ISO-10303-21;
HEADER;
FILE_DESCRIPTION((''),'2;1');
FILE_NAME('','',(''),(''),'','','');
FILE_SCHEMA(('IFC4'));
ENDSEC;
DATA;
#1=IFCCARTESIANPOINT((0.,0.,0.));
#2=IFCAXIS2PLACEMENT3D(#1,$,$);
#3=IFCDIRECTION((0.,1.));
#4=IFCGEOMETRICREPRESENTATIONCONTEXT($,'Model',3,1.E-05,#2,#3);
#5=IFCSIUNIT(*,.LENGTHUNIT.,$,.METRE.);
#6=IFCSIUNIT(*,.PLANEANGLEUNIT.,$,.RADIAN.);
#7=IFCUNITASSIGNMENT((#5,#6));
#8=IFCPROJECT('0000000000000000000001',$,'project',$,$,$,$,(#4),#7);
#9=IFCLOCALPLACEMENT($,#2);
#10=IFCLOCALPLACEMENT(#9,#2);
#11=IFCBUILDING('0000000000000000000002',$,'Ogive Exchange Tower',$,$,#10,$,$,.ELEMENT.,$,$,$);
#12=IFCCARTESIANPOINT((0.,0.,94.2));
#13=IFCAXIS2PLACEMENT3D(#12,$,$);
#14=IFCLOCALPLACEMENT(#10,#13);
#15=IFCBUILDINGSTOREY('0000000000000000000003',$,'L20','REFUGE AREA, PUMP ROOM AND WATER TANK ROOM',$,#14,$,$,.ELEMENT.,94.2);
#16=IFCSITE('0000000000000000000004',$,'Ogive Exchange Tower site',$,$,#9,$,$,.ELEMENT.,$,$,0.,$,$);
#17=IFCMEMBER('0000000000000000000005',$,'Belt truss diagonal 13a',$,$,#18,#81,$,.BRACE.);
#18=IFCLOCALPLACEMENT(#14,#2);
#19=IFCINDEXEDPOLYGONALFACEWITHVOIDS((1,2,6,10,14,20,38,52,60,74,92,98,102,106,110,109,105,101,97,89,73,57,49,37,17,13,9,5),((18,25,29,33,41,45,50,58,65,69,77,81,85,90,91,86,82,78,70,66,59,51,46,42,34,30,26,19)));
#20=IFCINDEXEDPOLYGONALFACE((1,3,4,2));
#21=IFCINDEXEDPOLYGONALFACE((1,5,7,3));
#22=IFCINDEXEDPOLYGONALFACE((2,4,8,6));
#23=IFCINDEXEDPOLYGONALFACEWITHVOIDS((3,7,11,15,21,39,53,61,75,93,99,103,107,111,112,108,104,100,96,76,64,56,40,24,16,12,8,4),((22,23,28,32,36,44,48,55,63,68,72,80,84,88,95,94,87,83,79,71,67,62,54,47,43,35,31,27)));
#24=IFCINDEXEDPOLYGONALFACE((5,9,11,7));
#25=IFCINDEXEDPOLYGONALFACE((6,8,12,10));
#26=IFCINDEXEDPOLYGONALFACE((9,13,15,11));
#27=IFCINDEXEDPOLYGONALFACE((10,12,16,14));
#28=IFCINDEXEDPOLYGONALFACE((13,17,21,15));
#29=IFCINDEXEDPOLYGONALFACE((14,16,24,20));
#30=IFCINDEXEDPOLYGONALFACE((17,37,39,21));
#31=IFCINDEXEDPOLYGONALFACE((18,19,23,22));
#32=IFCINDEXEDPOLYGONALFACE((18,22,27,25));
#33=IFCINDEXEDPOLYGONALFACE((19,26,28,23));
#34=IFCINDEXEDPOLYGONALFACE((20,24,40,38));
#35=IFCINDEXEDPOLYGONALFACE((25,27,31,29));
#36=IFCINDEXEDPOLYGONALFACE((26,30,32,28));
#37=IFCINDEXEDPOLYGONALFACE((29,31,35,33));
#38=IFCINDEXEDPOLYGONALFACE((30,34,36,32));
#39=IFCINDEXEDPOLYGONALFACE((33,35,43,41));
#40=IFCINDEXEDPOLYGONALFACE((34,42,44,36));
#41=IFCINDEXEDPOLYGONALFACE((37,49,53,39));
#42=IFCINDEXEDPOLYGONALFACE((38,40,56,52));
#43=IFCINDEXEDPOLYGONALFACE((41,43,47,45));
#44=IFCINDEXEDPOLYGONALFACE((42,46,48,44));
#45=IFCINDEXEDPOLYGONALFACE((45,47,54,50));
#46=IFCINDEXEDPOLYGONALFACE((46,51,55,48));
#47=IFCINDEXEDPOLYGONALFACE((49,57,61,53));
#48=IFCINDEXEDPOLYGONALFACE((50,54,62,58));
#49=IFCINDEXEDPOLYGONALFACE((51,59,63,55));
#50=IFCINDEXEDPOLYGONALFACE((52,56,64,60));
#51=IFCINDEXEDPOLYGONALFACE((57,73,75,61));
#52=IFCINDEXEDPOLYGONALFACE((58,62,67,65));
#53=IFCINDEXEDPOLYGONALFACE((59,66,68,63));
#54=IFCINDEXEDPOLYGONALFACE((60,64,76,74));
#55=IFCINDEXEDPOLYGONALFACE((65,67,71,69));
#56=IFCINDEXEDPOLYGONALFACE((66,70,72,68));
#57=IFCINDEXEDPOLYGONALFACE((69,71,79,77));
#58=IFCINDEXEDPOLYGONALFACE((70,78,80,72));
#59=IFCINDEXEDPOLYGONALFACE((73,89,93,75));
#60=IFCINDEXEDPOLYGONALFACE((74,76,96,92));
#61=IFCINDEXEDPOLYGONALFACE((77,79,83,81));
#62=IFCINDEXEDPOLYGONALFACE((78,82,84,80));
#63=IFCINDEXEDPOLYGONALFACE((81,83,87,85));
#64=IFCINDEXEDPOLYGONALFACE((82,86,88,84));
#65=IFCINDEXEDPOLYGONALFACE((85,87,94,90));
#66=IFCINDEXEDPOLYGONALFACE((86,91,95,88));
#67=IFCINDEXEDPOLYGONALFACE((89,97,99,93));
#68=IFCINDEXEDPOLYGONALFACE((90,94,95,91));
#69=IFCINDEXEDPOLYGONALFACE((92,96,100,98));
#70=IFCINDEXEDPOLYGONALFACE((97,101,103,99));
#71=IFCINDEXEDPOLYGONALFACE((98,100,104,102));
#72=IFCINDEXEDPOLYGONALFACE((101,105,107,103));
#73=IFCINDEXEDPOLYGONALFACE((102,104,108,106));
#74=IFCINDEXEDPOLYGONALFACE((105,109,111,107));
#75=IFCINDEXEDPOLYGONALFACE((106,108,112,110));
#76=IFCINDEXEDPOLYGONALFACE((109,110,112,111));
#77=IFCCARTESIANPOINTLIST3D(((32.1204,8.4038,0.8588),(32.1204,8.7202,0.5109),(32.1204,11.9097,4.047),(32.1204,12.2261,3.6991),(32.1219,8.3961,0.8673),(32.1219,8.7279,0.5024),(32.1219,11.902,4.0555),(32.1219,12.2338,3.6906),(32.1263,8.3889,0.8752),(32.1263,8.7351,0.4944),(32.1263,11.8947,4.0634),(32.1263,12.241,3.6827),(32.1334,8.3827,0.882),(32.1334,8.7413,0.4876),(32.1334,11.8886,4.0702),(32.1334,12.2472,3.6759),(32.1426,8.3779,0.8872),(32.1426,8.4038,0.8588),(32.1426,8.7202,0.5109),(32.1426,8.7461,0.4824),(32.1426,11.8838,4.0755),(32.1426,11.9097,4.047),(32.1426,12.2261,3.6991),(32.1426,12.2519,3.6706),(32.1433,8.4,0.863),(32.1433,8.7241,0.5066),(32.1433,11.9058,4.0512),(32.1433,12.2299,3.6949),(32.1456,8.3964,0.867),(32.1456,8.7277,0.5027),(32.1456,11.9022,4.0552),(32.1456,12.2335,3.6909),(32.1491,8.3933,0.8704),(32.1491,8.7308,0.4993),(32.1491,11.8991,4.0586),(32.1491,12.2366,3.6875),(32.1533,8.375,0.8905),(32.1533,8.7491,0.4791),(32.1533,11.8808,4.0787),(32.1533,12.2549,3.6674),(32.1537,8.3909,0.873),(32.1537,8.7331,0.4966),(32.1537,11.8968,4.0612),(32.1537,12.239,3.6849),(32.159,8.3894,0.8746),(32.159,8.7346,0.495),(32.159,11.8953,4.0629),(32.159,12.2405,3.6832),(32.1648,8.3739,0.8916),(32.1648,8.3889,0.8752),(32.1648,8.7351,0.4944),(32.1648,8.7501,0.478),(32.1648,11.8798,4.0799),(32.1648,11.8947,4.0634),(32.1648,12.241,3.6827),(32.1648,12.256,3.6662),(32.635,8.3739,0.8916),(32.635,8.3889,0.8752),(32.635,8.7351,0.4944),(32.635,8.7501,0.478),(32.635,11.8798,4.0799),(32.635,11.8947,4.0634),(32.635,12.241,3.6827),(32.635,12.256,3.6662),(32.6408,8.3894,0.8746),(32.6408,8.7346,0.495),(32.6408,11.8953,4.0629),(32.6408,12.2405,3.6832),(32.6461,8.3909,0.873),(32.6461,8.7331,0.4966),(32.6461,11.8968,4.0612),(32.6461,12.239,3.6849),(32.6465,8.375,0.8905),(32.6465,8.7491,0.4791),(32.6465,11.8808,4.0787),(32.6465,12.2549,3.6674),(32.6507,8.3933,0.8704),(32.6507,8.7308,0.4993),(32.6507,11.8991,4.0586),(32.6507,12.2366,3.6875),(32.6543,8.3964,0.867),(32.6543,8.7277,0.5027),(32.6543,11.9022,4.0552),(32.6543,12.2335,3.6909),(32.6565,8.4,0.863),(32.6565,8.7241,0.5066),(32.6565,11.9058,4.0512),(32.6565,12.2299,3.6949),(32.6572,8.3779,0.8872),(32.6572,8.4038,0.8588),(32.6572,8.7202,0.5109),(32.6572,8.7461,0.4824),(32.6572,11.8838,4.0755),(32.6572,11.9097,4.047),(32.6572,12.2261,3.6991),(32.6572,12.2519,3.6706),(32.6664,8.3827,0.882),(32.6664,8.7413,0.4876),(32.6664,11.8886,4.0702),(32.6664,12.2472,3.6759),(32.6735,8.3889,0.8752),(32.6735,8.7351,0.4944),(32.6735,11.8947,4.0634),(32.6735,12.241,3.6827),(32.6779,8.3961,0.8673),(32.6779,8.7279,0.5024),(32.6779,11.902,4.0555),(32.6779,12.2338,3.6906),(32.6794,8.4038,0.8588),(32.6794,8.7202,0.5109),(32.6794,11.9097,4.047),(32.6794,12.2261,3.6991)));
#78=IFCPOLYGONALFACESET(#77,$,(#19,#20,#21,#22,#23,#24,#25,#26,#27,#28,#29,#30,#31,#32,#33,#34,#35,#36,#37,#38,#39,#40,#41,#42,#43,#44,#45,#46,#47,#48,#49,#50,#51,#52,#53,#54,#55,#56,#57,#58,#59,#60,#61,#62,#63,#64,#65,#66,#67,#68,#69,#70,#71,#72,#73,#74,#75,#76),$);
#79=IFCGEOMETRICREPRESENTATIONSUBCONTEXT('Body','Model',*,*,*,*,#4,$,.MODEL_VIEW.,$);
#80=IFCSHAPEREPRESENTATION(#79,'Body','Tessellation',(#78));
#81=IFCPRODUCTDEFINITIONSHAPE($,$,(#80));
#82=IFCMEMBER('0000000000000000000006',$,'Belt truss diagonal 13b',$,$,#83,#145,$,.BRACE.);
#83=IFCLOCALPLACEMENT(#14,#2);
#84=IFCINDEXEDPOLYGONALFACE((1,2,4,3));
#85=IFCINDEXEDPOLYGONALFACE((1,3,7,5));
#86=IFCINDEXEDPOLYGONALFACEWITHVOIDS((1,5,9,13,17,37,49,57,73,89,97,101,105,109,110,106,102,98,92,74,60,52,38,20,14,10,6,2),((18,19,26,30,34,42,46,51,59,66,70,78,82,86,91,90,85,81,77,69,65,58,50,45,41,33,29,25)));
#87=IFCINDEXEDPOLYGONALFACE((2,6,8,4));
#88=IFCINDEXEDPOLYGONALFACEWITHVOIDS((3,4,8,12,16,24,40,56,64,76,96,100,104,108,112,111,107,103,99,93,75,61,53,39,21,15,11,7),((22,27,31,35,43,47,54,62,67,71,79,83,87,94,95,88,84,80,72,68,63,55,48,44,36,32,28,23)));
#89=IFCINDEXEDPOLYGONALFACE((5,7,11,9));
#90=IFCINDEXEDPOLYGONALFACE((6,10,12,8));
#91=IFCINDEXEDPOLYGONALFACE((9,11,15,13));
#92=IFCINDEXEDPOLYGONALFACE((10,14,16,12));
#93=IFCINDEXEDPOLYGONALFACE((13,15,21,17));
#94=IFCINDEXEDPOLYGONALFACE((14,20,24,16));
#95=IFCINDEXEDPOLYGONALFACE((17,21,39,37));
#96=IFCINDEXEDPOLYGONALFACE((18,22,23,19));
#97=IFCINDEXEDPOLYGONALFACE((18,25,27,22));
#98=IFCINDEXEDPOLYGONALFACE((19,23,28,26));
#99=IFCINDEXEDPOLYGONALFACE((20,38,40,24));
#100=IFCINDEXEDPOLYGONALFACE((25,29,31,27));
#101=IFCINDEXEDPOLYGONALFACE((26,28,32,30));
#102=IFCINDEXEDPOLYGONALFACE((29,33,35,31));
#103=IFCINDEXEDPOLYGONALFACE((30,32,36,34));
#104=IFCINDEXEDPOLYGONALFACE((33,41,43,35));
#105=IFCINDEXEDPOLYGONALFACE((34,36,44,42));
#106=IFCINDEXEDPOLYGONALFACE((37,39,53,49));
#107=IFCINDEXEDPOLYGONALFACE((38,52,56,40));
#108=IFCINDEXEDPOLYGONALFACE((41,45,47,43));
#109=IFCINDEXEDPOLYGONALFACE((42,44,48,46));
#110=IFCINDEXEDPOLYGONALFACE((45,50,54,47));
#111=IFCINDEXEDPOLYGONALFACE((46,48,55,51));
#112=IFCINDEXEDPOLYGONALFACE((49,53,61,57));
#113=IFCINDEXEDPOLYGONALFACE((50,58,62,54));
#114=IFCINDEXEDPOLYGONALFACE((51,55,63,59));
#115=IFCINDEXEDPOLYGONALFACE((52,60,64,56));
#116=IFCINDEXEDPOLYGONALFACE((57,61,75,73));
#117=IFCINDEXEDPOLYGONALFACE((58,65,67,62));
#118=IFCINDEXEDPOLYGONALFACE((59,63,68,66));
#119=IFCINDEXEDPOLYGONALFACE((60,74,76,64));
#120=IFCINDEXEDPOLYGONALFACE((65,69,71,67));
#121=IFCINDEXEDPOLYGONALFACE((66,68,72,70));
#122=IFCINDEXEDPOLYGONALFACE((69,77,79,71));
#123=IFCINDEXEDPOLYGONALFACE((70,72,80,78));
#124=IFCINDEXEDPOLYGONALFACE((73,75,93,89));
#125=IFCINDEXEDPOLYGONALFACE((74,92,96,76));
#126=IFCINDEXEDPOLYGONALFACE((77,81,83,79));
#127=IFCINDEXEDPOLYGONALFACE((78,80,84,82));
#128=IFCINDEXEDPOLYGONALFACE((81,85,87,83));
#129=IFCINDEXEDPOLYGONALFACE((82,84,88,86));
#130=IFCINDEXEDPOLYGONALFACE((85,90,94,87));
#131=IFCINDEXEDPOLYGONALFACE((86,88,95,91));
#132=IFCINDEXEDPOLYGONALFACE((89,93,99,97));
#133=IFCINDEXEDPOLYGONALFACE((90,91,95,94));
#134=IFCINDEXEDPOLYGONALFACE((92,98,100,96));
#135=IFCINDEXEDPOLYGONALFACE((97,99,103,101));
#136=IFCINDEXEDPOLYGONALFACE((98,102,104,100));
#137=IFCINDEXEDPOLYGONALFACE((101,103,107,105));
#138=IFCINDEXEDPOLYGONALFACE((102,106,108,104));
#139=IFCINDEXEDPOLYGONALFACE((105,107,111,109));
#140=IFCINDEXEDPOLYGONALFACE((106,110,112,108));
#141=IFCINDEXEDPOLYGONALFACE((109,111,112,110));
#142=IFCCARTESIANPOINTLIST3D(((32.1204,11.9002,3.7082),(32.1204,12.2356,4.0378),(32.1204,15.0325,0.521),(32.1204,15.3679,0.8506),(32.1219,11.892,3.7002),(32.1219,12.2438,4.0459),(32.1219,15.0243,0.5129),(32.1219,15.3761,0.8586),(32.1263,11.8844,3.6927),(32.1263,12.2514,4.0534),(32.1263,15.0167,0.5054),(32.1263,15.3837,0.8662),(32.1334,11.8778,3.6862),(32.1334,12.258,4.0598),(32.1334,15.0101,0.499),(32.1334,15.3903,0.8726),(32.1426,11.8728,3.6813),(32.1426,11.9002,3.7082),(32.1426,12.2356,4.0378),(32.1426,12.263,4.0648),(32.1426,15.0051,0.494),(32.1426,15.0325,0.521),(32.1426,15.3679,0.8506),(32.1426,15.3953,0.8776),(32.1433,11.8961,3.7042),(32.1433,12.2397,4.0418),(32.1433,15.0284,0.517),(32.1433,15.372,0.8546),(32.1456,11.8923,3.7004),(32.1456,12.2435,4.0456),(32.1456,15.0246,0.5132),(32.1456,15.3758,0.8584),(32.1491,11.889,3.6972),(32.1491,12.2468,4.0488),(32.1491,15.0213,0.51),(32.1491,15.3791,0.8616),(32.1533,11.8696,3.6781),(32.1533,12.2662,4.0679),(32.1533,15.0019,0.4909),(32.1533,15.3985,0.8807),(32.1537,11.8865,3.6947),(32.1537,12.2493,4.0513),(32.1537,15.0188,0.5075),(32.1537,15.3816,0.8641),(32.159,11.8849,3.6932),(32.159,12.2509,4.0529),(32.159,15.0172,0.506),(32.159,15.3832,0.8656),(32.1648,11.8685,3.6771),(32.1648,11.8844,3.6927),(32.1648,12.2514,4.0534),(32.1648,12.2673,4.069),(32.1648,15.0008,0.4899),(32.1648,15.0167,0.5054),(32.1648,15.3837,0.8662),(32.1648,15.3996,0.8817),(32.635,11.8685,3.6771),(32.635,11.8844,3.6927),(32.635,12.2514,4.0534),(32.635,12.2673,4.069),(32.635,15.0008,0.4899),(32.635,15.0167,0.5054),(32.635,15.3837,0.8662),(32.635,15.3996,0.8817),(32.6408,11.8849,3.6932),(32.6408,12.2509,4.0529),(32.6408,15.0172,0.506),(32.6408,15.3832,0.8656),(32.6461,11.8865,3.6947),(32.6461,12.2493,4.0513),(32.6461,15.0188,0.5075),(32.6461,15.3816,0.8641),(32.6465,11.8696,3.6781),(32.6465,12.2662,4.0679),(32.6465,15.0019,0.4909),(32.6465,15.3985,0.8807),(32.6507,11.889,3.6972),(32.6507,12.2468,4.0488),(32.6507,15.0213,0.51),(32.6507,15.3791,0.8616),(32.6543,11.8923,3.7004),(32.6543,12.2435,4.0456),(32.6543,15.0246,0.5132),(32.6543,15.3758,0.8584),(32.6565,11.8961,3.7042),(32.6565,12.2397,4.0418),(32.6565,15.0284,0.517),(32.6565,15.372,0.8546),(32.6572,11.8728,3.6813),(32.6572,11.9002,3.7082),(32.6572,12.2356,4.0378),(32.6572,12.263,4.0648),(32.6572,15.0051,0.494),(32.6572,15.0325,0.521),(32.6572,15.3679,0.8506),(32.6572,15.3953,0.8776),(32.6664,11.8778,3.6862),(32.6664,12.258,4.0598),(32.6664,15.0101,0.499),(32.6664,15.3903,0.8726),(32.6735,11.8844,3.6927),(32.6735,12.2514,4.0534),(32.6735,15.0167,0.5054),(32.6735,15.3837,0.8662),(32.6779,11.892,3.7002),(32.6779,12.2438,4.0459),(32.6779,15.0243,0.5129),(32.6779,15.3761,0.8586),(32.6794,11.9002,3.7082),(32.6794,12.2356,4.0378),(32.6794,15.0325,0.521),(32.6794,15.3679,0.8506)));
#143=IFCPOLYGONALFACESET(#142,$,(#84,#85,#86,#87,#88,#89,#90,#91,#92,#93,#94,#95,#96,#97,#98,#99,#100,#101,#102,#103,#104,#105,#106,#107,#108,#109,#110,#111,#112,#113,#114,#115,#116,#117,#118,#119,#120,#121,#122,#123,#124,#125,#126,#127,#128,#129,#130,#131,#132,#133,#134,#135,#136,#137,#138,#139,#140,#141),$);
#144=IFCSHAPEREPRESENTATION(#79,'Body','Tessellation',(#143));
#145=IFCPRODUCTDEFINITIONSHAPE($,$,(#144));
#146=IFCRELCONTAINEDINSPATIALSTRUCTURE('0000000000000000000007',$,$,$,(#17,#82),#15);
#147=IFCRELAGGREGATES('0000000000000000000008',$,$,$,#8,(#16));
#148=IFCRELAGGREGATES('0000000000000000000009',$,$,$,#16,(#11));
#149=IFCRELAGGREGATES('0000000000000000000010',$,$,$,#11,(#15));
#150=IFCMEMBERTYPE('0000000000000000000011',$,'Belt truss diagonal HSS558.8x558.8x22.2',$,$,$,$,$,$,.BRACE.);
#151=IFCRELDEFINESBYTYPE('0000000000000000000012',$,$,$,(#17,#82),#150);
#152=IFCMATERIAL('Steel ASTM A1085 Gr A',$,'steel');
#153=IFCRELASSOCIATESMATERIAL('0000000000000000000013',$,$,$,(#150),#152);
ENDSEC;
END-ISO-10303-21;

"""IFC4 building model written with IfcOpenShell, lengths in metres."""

from ifc_helpers import new_model, si_unit, direction, frame, origin, origin_2d, place, context, subcontext, project, spatial, hollow_rectangle, extrude, material, material_profile, profile_set, type_object, element, save


model = new_model("IFC4")

# Units and contexts
model_context = context("Model", 3, precision=1e-05, world=origin(), true_north=direction((0.0, 1.0)))
body_context = subcontext(model_context, "Body", "Model", "MODEL_VIEW")
ifc_project = project(units=[si_unit("LENGTHUNIT", "METRE"), si_unit("PLANEANGLEUNIT", "RADIAN")], contexts=[model_context])

# Site, building, storey
site_placement = place(None, origin())
site = spatial("IfcSite", under=ifc_project, at=site_placement, Name="Ogive Exchange Tower site", CompositionType="ELEMENT", RefElevation=0.0)
building_placement = place(site_placement, origin())
building = spatial("IfcBuilding", under=site, at=building_placement, Name="Ogive Exchange Tower", CompositionType="ELEMENT")
storey_placement = place(building_placement, frame((0.0, 0.0, 94.2)))
storey = spatial("IfcBuildingStorey", under=building, at=storey_placement, Name="L20", Description="REFUGE AREA, PUMP ROOM AND WATER TANK ROOM", CompositionType="ELEMENT", Elevation=94.2)

# Members
ifc_material_1 = material(Name="Steel ASTM A1085 Gr A", Category="steel")
ifc_material_profile_1 = material_profile(ifc_material_1, hollow_rectangle(XDim=0.5591, YDim=0.5591, WallThickness=0.0222, InnerFilletRadius=0.0222, OuterFilletRadius=0.0444, at=origin_2d()), Name="HSS558.8x558.8x22.2")
ifc_profile_set_1 = profile_set([ifc_material_profile_1], Name="Steel ASTM A1085 Gr A")
member_type_1 = type_object("IfcMemberType", Name="Belt truss diagonal HSS558.8x558.8x22.2", PredefinedType="BRACE", material=ifc_profile_set_1)
member_1_placement = place(storey_placement, frame((32.3999, 8.562, 0.6848), z_axis=(0.0, 0.739826, 0.672798), x_axis=(-1.0, 0.0, 0.0)))
element("IfcMember", 1, at=member_1_placement, inside=storey, type_object=member_type_1, Name="Belt truss diagonal 13a", PredefinedType="BRACE", context=body_context, shape_type="SweptSolid", body=[
    extrude(hollow_rectangle(XDim=0.5591, YDim=0.5591, WallThickness=0.0222, InnerFilletRadius=0.0222, OuterFilletRadius=0.0444, at=origin_2d()), origin(), (0.0, 0.0, 1.0), 4.7388),
])
member_2_placement = place(storey_placement, frame((32.3999, 15.2002, 0.6858), z_axis=(0.0, -0.700934, 0.713226), x_axis=(1.0, 0.0, 0.0)))
element("IfcMember", 2, at=member_2_placement, inside=storey, type_object=member_type_1, Name="Belt truss diagonal 13b", PredefinedType="BRACE", context=body_context, shape_type="SweptSolid", body=[
    extrude(hollow_rectangle(XDim=0.5591, YDim=0.5591, WallThickness=0.0222, InnerFilletRadius=0.0222, OuterFilletRadius=0.0444, at=origin_2d()), origin(), (0.0, 0.0, 1.0), 4.4688),
])

save(model, "model.ifc")
